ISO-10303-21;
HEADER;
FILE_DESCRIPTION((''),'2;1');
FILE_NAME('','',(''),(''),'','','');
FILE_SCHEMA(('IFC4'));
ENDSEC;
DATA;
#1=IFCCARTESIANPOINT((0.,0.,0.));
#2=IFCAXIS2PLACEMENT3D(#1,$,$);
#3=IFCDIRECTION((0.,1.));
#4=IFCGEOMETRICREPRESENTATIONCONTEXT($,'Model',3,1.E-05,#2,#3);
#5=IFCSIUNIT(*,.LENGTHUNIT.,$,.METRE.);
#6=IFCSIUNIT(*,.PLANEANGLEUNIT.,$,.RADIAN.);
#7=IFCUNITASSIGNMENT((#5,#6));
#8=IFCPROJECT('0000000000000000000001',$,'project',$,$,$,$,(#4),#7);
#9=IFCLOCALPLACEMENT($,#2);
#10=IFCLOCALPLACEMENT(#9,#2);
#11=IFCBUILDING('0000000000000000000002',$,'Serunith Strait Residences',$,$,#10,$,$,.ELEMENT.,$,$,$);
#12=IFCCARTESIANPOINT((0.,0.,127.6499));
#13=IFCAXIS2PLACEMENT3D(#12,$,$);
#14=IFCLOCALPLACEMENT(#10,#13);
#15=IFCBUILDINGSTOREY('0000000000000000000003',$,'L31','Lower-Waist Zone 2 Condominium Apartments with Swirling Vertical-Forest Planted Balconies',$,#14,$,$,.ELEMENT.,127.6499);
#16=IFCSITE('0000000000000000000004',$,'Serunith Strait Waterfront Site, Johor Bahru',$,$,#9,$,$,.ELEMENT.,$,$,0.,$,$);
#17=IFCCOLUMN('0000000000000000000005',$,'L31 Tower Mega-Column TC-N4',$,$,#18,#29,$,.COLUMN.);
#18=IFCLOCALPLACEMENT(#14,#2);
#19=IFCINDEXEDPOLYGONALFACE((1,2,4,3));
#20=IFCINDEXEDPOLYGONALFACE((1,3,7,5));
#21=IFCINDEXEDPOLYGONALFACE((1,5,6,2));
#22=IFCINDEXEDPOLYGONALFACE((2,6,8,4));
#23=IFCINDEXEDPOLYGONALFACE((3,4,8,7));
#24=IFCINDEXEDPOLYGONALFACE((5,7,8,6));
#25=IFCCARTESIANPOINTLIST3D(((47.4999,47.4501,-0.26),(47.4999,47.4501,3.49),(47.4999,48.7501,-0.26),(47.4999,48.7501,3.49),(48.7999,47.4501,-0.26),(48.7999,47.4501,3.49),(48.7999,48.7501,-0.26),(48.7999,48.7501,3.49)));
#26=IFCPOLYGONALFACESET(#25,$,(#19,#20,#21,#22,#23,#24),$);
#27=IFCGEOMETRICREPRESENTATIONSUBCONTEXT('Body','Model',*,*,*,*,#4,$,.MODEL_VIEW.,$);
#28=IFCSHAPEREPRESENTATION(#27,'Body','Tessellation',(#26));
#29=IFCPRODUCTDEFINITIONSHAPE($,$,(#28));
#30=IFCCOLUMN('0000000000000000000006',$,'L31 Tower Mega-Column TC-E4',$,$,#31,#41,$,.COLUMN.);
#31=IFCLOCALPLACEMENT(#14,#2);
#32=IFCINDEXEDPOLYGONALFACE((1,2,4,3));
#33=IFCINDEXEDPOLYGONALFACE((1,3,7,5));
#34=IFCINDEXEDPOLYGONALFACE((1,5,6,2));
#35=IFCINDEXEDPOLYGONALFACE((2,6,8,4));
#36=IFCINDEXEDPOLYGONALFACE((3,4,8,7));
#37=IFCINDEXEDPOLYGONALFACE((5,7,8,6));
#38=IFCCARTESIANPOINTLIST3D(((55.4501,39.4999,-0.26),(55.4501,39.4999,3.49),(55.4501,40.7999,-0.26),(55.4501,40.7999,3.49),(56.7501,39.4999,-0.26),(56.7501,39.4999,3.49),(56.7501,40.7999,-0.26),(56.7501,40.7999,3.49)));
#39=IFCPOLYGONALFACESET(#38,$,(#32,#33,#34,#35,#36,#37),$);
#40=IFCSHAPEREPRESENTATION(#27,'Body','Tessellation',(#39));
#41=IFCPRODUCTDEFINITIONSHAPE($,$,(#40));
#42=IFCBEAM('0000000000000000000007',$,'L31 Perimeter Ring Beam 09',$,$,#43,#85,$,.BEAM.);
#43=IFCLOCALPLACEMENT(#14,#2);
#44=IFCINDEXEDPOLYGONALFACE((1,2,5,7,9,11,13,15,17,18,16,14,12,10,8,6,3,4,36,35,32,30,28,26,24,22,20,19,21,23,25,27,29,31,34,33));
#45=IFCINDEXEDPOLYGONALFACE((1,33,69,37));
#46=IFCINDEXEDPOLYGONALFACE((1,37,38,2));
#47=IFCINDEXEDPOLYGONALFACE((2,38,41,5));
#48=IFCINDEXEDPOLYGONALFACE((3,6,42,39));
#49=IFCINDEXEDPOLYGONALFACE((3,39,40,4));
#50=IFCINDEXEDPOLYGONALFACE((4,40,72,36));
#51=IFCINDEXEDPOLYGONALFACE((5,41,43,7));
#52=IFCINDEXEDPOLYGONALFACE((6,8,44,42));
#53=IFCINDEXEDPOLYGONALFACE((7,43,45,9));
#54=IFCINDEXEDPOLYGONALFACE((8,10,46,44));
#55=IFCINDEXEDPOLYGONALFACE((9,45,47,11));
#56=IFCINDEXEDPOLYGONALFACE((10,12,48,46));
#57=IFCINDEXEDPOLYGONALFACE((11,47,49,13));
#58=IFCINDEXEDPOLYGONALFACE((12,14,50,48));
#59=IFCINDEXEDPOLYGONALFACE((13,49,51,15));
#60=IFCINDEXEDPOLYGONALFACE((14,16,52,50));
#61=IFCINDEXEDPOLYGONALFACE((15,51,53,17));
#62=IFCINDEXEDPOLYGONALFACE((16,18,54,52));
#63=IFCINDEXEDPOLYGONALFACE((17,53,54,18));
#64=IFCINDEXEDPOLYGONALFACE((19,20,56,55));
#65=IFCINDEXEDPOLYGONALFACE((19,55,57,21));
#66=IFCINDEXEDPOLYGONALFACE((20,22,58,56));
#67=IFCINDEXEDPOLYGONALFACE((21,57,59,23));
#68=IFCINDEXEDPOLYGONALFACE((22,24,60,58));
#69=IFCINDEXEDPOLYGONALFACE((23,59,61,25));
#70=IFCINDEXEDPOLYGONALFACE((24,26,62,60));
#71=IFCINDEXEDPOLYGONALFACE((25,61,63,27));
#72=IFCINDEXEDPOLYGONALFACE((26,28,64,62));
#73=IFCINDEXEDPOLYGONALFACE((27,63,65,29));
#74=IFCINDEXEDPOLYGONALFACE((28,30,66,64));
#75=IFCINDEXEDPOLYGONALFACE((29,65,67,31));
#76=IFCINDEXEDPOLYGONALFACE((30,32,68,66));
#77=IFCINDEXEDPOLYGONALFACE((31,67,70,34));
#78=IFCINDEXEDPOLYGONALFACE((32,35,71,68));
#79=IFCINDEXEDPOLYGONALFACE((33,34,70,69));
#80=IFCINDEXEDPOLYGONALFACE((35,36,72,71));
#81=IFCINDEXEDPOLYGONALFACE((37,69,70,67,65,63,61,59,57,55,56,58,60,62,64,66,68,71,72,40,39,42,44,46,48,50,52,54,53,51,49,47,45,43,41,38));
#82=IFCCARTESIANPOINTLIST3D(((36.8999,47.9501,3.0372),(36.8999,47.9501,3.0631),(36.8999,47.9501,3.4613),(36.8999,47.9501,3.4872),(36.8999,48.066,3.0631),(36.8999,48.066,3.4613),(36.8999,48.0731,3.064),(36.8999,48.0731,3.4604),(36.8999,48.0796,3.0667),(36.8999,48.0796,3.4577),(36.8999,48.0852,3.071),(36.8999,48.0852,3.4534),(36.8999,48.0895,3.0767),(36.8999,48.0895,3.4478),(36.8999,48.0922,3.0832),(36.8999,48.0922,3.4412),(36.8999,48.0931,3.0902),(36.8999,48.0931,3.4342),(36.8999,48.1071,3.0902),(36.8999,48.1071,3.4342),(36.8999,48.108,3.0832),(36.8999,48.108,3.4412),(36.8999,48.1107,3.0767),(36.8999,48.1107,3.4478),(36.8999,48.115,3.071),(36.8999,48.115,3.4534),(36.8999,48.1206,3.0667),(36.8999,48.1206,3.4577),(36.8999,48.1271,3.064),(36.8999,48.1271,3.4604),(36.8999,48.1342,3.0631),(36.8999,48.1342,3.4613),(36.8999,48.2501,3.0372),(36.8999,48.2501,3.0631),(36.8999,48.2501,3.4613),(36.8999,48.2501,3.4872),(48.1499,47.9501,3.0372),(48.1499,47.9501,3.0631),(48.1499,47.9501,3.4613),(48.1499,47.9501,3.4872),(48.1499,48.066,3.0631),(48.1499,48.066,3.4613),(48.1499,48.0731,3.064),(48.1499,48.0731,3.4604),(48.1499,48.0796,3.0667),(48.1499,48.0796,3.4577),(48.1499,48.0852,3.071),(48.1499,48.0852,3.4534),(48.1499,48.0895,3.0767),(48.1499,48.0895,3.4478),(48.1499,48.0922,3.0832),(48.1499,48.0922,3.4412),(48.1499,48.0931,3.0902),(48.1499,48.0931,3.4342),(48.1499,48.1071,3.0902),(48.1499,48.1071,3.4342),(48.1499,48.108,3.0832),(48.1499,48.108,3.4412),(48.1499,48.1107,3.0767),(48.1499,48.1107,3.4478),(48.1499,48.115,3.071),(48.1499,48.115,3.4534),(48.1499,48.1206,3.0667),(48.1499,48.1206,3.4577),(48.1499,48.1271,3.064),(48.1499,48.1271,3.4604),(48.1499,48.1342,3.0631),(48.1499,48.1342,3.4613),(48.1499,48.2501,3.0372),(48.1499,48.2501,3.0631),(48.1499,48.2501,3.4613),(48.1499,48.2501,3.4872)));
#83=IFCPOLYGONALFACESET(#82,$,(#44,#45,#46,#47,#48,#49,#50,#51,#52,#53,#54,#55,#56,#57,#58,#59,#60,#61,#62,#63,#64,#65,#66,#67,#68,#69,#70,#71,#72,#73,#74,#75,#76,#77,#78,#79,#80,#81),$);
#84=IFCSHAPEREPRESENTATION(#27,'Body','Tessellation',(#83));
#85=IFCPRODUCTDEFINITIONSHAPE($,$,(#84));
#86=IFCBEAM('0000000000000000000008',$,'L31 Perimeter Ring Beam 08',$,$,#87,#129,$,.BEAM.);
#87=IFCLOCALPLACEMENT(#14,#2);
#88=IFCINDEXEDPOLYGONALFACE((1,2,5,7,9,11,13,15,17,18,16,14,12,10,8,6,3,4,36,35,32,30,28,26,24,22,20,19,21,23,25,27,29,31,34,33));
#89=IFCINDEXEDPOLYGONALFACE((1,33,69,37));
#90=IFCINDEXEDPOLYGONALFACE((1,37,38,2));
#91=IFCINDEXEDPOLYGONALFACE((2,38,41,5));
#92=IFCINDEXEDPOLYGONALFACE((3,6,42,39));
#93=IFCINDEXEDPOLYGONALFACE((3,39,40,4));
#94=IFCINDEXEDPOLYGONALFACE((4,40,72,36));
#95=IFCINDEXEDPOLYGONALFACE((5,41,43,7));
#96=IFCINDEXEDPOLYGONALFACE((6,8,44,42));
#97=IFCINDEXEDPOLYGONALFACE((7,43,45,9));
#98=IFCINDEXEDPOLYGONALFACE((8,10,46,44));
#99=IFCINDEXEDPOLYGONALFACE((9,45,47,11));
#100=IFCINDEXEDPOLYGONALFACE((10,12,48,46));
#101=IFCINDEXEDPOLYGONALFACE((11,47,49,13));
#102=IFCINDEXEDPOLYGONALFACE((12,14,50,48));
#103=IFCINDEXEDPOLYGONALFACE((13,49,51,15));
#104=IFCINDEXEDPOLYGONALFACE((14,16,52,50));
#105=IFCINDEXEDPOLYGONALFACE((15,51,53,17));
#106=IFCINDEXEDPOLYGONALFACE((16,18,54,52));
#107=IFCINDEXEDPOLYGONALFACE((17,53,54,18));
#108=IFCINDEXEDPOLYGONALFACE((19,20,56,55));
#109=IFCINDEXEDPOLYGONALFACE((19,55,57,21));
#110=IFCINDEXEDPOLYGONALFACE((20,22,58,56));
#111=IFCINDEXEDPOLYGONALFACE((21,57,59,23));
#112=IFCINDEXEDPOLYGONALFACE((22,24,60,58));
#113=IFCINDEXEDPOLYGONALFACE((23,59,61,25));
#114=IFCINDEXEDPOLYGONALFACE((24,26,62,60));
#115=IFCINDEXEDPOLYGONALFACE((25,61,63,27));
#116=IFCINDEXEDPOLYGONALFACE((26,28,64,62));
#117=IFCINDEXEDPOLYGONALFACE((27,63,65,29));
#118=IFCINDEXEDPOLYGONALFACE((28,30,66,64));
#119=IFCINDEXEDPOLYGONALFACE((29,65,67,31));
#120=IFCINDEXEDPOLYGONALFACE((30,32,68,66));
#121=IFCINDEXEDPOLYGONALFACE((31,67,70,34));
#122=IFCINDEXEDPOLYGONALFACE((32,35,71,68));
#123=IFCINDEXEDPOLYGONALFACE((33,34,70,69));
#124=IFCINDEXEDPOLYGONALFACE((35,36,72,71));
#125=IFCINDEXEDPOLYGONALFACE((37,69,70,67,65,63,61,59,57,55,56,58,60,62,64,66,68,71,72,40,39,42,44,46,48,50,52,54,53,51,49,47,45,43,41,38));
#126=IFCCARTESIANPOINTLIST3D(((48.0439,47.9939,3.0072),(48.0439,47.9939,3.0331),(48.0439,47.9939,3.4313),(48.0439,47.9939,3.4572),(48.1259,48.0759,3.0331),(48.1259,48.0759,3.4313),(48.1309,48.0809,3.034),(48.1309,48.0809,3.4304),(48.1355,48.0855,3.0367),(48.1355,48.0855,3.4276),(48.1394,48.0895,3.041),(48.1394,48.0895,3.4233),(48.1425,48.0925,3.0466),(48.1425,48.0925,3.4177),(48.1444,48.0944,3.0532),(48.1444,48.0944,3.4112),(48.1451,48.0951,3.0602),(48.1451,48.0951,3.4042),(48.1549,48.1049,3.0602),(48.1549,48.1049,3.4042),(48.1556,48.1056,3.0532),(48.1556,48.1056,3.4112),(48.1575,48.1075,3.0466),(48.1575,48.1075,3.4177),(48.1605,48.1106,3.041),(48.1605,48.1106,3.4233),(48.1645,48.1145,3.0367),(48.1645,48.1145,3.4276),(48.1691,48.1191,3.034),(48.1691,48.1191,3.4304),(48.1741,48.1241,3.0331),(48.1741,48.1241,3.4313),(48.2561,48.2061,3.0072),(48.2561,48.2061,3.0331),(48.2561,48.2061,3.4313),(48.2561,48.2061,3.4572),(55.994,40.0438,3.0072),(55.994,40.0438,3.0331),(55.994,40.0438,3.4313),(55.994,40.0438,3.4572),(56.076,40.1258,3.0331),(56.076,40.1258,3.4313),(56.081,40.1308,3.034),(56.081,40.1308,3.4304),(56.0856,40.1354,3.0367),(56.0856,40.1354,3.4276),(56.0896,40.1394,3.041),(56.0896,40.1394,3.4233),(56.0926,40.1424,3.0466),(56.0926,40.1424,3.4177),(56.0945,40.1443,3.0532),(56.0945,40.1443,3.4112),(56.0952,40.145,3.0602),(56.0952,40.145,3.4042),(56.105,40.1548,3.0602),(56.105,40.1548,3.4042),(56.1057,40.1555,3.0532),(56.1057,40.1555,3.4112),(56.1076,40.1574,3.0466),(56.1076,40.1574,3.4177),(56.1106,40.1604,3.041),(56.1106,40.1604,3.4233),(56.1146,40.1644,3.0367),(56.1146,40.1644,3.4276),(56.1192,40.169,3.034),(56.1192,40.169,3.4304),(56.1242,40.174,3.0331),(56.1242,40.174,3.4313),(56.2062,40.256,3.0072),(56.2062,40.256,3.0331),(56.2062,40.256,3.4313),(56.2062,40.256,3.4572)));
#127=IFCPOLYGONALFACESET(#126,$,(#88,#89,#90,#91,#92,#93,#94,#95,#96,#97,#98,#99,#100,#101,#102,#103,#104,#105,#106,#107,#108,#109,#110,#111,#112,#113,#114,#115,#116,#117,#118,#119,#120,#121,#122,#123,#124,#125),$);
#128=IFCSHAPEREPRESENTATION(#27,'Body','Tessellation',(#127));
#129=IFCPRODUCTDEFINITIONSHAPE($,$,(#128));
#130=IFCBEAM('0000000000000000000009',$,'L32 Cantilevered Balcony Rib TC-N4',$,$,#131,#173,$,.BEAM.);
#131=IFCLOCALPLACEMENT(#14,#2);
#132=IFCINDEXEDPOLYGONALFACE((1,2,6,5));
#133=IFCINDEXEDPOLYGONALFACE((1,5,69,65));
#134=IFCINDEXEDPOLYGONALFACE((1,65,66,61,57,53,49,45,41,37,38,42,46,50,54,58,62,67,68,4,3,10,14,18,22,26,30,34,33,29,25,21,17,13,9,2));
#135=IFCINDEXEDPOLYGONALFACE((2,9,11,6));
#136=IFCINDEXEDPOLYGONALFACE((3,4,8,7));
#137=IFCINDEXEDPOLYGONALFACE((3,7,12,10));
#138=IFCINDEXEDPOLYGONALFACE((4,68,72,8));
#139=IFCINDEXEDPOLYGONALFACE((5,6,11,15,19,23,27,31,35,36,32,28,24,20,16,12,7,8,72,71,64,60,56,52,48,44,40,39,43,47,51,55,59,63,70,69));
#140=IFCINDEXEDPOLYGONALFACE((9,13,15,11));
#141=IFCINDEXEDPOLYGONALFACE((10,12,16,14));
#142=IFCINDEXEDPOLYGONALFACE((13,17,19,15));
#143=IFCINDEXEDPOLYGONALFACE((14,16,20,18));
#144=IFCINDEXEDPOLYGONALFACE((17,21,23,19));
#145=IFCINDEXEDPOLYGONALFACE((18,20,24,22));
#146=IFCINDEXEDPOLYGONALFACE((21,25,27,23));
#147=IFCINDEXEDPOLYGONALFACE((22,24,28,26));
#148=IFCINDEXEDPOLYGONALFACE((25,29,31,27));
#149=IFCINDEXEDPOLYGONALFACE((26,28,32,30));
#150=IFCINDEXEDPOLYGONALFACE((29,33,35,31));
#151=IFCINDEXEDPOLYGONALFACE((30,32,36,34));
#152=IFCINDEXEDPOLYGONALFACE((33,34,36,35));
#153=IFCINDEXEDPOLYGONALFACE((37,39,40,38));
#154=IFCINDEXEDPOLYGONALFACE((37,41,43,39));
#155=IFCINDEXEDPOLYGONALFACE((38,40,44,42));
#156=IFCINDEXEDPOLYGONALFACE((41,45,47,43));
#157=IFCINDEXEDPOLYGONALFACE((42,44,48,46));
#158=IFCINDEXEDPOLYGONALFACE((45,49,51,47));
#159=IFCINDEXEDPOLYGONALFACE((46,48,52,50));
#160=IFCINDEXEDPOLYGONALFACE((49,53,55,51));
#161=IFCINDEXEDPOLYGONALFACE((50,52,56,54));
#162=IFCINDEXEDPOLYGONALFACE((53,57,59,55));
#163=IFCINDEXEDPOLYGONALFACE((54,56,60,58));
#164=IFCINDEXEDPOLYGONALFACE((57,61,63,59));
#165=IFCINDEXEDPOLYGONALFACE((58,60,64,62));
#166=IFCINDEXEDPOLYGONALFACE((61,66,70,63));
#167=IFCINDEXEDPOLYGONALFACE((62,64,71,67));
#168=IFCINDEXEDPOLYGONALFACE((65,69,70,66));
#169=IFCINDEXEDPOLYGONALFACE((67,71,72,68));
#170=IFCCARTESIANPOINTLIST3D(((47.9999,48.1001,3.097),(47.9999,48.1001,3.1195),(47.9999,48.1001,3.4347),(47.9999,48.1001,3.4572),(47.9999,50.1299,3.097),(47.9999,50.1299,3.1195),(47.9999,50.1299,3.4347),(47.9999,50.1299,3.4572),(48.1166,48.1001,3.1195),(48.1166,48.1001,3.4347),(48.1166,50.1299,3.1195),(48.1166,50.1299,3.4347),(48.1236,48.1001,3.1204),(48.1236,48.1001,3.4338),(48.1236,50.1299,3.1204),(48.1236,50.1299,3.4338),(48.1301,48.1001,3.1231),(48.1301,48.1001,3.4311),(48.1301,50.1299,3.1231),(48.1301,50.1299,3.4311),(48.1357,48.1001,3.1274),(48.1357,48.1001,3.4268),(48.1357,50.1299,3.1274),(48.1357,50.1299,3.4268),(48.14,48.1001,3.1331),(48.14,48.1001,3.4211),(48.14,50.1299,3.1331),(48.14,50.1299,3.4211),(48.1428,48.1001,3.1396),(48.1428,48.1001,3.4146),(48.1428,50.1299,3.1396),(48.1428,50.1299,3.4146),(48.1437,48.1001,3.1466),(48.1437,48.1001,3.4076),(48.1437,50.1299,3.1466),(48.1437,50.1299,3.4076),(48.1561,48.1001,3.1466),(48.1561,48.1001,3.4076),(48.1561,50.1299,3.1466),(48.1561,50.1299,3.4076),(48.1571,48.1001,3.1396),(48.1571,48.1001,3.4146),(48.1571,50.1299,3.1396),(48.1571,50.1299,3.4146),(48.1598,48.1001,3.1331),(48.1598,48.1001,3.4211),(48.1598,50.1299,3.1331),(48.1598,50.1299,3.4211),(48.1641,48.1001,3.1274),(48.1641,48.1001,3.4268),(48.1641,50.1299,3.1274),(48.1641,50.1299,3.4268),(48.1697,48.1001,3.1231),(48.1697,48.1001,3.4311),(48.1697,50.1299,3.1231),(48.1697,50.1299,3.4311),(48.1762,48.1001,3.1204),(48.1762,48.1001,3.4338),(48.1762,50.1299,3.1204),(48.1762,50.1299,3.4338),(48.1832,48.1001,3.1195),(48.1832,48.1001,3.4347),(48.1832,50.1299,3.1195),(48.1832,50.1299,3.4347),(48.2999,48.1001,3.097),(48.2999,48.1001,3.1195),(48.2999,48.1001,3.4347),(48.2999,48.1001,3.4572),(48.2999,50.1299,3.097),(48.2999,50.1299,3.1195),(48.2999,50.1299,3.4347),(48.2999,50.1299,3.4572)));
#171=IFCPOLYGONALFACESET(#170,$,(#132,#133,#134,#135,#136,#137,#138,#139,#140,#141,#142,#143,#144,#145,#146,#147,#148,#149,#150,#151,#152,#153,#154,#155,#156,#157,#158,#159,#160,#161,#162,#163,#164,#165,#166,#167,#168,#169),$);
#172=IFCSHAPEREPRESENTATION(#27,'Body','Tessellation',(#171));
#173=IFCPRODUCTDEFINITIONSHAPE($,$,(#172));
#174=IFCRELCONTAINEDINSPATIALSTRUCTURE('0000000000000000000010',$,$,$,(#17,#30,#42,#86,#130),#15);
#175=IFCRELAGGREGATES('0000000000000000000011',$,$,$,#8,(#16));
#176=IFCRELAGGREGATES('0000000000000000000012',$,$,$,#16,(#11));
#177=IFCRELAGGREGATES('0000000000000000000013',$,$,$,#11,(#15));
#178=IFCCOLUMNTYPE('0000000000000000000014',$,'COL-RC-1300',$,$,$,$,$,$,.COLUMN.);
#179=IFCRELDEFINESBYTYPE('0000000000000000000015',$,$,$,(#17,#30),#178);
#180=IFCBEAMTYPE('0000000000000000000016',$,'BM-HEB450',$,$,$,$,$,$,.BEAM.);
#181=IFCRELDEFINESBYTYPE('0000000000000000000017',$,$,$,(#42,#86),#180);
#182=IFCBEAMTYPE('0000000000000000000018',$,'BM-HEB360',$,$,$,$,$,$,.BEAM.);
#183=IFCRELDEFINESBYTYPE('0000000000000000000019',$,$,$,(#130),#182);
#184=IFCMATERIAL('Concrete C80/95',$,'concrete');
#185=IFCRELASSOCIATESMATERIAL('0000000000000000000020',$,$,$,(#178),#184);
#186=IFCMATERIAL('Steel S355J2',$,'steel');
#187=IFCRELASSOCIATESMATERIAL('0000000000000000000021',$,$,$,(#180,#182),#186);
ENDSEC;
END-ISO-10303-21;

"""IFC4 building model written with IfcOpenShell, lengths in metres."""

from ifc_helpers import new_model, si_unit, direction, frame, origin, origin_2d, place, context, subcontext, project, spatial, rectangle, i_section, extrude, source, transform, mapped, material, material_profile, profile_set, type_object, element, save


model = new_model("IFC4")

# Units and contexts
model_context = context("Model", 3, precision=1e-05, world=origin(), true_north=direction((0.0, 1.0)))
body_context = subcontext(model_context, "Body", "Model", "MODEL_VIEW")
ifc_project = project(units=[si_unit("LENGTHUNIT", "METRE"), si_unit("PLANEANGLEUNIT", "RADIAN")], contexts=[model_context])

# Site, building, storey
site_placement = place(None, origin())
site = spatial("IfcSite", under=ifc_project, at=site_placement, Name="Serunith Strait Waterfront Site, Johor Bahru", CompositionType="ELEMENT", RefElevation=0.0)
building_placement = place(site_placement, origin())
building = spatial("IfcBuilding", under=site, at=building_placement, Name="Serunith Strait Residences", CompositionType="ELEMENT")
storey_placement = place(building_placement, frame((0.0, 0.0, 127.6499)))
storey = spatial("IfcBuildingStorey", under=building, at=storey_placement, Name="L31", Description="Lower-Waist Zone 2 Condominium Apartments with Swirling Vertical-Forest Planted Balconies", CompositionType="ELEMENT", Elevation=127.6499)

# Columns
ifc_material_1 = material(Name="Concrete C80/95", Category="concrete")
ifc_material_profile_1 = material_profile(ifc_material_1, rectangle(XDim=1.3, YDim=1.3, at=origin_2d()), Name="RC 1300x1300")
ifc_profile_set_1 = profile_set([ifc_material_profile_1], Name="Concrete C80/95")
column_type = type_object("IfcColumnType", Name="COL-RC-1300", PredefinedType="COLUMN", material=ifc_profile_set_1)
shared_shape_1 = source(origin(), body_context, "Body", "SweptSolid", [
    extrude(rectangle(XDim=1.3, YDim=1.3, at=origin_2d()), origin(), (0.0, 0.0, 1.0), 3.75),
])
for number, where, z_axis, x_axis, name in (
    (1, (48.1499, 48.1001, -0.26), (0.0, 0.0, 1.0), (1.0, 0.0, 0.0), "L31 Tower Mega-Column TC-N4"),
    (2, (56.1001, 40.1499, -0.26), (0.0, 0.0, 1.0), (1.0, 0.0, 0.0), "L31 Tower Mega-Column TC-E4"),
):
    element("IfcColumn", number, at=place(storey_placement, frame(where, z_axis=z_axis, x_axis=x_axis)), inside=storey, type_object=column_type, Name=name, PredefinedType="COLUMN", context=body_context, shape_type="MappedRepresentation", body=[
        mapped(shared_shape_1, transform((0.0, 0.0, 0.0), scale=1.0)),
    ])

# Beams
ifc_material_2 = material(Name="Steel S355J2", Category="steel")
ifc_material_profile_2 = material_profile(ifc_material_2, i_section(OverallWidth=0.3, OverallDepth=0.45, WebThickness=0.0139, FlangeThickness=0.0259, FilletRadius=0.0271, at=origin_2d()), Name="HEB 450")
ifc_profile_set_2 = profile_set([ifc_material_profile_2], Name="Steel S355J2")
beam_type_1 = type_object("IfcBeamType", Name="BM-HEB450", PredefinedType="BEAM", material=ifc_profile_set_2)
shared_shape_2 = source(origin(), body_context, "Body", "SweptSolid", [
    extrude(i_section(OverallWidth=0.3, OverallDepth=0.45, WebThickness=0.0139, FlangeThickness=0.0259, FilletRadius=0.0271, at=origin_2d()), origin(), (0.0, 0.0, 1.0), 11.25),
])
beam_1_placement = place(storey_placement, frame((48.1499, 48.1001, 3.2622), z_axis=(-1.0, 0.0, 0.0), x_axis=(0.0, -1.0, 0.0)))
element("IfcBeam", 3, at=beam_1_placement, inside=storey, type_object=beam_type_1, Name="L31 Perimeter Ring Beam 09", PredefinedType="BEAM", context=body_context, shape_type="MappedRepresentation", body=[
    mapped(shared_shape_2, transform((0.0, 0.0, 0.0), scale=1.0)),
])
shared_shape_3 = source(origin(), body_context, "Body", "SweptSolid", [
    extrude(i_section(OverallWidth=0.3, OverallDepth=0.45, WebThickness=0.0139, FlangeThickness=0.0259, FilletRadius=0.0271, at=origin_2d()), origin(), (0.0, 0.0, 1.0), 11.2432),
])
beam_2_placement = place(storey_placement, frame((56.1001, 40.1499, 3.2322), z_axis=(-0.707107, 0.707107, 0.0), x_axis=(-0.707107, -0.707107, 0.0)))
element("IfcBeam", 4, at=beam_2_placement, inside=storey, type_object=beam_type_1, Name="L31 Perimeter Ring Beam 08", PredefinedType="BEAM", context=body_context, shape_type="MappedRepresentation", body=[
    mapped(shared_shape_3, transform((0.0, 0.0, 0.0), scale=1.0)),
])
ifc_material_profile_3 = material_profile(ifc_material_2, i_section(OverallWidth=0.3, OverallDepth=0.3601, WebThickness=0.0125, FlangeThickness=0.0225, FilletRadius=0.0271, at=origin_2d()), Name="HEB 360")
ifc_profile_set_3 = profile_set([ifc_material_profile_3], Name="Steel S355J2")
beam_type_2 = type_object("IfcBeamType", Name="BM-HEB360", PredefinedType="BEAM", material=ifc_profile_set_3)
shared_shape_4 = source(origin(), body_context, "Body", "SweptSolid", [
    extrude(i_section(OverallWidth=0.3, OverallDepth=0.3601, WebThickness=0.0125, FlangeThickness=0.0225, FilletRadius=0.0271, at=origin_2d()), origin(), (0.0, 0.0, 1.0), 2.0298),
])
beam_3_placement = place(storey_placement, frame((48.1499, 48.1001, 3.2771), z_axis=(0.0, 1.0, 0.0), x_axis=(-1.0, 0.0, 0.0)))
element("IfcBeam", 5, at=beam_3_placement, inside=storey, type_object=beam_type_2, Name="L32 Cantilevered Balcony Rib TC-N4", PredefinedType="BEAM", context=body_context, shape_type="MappedRepresentation", body=[
    mapped(shared_shape_4, transform((0.0, 0.0, 0.0), scale=1.0)),
])

save(model, "model.ifc")
